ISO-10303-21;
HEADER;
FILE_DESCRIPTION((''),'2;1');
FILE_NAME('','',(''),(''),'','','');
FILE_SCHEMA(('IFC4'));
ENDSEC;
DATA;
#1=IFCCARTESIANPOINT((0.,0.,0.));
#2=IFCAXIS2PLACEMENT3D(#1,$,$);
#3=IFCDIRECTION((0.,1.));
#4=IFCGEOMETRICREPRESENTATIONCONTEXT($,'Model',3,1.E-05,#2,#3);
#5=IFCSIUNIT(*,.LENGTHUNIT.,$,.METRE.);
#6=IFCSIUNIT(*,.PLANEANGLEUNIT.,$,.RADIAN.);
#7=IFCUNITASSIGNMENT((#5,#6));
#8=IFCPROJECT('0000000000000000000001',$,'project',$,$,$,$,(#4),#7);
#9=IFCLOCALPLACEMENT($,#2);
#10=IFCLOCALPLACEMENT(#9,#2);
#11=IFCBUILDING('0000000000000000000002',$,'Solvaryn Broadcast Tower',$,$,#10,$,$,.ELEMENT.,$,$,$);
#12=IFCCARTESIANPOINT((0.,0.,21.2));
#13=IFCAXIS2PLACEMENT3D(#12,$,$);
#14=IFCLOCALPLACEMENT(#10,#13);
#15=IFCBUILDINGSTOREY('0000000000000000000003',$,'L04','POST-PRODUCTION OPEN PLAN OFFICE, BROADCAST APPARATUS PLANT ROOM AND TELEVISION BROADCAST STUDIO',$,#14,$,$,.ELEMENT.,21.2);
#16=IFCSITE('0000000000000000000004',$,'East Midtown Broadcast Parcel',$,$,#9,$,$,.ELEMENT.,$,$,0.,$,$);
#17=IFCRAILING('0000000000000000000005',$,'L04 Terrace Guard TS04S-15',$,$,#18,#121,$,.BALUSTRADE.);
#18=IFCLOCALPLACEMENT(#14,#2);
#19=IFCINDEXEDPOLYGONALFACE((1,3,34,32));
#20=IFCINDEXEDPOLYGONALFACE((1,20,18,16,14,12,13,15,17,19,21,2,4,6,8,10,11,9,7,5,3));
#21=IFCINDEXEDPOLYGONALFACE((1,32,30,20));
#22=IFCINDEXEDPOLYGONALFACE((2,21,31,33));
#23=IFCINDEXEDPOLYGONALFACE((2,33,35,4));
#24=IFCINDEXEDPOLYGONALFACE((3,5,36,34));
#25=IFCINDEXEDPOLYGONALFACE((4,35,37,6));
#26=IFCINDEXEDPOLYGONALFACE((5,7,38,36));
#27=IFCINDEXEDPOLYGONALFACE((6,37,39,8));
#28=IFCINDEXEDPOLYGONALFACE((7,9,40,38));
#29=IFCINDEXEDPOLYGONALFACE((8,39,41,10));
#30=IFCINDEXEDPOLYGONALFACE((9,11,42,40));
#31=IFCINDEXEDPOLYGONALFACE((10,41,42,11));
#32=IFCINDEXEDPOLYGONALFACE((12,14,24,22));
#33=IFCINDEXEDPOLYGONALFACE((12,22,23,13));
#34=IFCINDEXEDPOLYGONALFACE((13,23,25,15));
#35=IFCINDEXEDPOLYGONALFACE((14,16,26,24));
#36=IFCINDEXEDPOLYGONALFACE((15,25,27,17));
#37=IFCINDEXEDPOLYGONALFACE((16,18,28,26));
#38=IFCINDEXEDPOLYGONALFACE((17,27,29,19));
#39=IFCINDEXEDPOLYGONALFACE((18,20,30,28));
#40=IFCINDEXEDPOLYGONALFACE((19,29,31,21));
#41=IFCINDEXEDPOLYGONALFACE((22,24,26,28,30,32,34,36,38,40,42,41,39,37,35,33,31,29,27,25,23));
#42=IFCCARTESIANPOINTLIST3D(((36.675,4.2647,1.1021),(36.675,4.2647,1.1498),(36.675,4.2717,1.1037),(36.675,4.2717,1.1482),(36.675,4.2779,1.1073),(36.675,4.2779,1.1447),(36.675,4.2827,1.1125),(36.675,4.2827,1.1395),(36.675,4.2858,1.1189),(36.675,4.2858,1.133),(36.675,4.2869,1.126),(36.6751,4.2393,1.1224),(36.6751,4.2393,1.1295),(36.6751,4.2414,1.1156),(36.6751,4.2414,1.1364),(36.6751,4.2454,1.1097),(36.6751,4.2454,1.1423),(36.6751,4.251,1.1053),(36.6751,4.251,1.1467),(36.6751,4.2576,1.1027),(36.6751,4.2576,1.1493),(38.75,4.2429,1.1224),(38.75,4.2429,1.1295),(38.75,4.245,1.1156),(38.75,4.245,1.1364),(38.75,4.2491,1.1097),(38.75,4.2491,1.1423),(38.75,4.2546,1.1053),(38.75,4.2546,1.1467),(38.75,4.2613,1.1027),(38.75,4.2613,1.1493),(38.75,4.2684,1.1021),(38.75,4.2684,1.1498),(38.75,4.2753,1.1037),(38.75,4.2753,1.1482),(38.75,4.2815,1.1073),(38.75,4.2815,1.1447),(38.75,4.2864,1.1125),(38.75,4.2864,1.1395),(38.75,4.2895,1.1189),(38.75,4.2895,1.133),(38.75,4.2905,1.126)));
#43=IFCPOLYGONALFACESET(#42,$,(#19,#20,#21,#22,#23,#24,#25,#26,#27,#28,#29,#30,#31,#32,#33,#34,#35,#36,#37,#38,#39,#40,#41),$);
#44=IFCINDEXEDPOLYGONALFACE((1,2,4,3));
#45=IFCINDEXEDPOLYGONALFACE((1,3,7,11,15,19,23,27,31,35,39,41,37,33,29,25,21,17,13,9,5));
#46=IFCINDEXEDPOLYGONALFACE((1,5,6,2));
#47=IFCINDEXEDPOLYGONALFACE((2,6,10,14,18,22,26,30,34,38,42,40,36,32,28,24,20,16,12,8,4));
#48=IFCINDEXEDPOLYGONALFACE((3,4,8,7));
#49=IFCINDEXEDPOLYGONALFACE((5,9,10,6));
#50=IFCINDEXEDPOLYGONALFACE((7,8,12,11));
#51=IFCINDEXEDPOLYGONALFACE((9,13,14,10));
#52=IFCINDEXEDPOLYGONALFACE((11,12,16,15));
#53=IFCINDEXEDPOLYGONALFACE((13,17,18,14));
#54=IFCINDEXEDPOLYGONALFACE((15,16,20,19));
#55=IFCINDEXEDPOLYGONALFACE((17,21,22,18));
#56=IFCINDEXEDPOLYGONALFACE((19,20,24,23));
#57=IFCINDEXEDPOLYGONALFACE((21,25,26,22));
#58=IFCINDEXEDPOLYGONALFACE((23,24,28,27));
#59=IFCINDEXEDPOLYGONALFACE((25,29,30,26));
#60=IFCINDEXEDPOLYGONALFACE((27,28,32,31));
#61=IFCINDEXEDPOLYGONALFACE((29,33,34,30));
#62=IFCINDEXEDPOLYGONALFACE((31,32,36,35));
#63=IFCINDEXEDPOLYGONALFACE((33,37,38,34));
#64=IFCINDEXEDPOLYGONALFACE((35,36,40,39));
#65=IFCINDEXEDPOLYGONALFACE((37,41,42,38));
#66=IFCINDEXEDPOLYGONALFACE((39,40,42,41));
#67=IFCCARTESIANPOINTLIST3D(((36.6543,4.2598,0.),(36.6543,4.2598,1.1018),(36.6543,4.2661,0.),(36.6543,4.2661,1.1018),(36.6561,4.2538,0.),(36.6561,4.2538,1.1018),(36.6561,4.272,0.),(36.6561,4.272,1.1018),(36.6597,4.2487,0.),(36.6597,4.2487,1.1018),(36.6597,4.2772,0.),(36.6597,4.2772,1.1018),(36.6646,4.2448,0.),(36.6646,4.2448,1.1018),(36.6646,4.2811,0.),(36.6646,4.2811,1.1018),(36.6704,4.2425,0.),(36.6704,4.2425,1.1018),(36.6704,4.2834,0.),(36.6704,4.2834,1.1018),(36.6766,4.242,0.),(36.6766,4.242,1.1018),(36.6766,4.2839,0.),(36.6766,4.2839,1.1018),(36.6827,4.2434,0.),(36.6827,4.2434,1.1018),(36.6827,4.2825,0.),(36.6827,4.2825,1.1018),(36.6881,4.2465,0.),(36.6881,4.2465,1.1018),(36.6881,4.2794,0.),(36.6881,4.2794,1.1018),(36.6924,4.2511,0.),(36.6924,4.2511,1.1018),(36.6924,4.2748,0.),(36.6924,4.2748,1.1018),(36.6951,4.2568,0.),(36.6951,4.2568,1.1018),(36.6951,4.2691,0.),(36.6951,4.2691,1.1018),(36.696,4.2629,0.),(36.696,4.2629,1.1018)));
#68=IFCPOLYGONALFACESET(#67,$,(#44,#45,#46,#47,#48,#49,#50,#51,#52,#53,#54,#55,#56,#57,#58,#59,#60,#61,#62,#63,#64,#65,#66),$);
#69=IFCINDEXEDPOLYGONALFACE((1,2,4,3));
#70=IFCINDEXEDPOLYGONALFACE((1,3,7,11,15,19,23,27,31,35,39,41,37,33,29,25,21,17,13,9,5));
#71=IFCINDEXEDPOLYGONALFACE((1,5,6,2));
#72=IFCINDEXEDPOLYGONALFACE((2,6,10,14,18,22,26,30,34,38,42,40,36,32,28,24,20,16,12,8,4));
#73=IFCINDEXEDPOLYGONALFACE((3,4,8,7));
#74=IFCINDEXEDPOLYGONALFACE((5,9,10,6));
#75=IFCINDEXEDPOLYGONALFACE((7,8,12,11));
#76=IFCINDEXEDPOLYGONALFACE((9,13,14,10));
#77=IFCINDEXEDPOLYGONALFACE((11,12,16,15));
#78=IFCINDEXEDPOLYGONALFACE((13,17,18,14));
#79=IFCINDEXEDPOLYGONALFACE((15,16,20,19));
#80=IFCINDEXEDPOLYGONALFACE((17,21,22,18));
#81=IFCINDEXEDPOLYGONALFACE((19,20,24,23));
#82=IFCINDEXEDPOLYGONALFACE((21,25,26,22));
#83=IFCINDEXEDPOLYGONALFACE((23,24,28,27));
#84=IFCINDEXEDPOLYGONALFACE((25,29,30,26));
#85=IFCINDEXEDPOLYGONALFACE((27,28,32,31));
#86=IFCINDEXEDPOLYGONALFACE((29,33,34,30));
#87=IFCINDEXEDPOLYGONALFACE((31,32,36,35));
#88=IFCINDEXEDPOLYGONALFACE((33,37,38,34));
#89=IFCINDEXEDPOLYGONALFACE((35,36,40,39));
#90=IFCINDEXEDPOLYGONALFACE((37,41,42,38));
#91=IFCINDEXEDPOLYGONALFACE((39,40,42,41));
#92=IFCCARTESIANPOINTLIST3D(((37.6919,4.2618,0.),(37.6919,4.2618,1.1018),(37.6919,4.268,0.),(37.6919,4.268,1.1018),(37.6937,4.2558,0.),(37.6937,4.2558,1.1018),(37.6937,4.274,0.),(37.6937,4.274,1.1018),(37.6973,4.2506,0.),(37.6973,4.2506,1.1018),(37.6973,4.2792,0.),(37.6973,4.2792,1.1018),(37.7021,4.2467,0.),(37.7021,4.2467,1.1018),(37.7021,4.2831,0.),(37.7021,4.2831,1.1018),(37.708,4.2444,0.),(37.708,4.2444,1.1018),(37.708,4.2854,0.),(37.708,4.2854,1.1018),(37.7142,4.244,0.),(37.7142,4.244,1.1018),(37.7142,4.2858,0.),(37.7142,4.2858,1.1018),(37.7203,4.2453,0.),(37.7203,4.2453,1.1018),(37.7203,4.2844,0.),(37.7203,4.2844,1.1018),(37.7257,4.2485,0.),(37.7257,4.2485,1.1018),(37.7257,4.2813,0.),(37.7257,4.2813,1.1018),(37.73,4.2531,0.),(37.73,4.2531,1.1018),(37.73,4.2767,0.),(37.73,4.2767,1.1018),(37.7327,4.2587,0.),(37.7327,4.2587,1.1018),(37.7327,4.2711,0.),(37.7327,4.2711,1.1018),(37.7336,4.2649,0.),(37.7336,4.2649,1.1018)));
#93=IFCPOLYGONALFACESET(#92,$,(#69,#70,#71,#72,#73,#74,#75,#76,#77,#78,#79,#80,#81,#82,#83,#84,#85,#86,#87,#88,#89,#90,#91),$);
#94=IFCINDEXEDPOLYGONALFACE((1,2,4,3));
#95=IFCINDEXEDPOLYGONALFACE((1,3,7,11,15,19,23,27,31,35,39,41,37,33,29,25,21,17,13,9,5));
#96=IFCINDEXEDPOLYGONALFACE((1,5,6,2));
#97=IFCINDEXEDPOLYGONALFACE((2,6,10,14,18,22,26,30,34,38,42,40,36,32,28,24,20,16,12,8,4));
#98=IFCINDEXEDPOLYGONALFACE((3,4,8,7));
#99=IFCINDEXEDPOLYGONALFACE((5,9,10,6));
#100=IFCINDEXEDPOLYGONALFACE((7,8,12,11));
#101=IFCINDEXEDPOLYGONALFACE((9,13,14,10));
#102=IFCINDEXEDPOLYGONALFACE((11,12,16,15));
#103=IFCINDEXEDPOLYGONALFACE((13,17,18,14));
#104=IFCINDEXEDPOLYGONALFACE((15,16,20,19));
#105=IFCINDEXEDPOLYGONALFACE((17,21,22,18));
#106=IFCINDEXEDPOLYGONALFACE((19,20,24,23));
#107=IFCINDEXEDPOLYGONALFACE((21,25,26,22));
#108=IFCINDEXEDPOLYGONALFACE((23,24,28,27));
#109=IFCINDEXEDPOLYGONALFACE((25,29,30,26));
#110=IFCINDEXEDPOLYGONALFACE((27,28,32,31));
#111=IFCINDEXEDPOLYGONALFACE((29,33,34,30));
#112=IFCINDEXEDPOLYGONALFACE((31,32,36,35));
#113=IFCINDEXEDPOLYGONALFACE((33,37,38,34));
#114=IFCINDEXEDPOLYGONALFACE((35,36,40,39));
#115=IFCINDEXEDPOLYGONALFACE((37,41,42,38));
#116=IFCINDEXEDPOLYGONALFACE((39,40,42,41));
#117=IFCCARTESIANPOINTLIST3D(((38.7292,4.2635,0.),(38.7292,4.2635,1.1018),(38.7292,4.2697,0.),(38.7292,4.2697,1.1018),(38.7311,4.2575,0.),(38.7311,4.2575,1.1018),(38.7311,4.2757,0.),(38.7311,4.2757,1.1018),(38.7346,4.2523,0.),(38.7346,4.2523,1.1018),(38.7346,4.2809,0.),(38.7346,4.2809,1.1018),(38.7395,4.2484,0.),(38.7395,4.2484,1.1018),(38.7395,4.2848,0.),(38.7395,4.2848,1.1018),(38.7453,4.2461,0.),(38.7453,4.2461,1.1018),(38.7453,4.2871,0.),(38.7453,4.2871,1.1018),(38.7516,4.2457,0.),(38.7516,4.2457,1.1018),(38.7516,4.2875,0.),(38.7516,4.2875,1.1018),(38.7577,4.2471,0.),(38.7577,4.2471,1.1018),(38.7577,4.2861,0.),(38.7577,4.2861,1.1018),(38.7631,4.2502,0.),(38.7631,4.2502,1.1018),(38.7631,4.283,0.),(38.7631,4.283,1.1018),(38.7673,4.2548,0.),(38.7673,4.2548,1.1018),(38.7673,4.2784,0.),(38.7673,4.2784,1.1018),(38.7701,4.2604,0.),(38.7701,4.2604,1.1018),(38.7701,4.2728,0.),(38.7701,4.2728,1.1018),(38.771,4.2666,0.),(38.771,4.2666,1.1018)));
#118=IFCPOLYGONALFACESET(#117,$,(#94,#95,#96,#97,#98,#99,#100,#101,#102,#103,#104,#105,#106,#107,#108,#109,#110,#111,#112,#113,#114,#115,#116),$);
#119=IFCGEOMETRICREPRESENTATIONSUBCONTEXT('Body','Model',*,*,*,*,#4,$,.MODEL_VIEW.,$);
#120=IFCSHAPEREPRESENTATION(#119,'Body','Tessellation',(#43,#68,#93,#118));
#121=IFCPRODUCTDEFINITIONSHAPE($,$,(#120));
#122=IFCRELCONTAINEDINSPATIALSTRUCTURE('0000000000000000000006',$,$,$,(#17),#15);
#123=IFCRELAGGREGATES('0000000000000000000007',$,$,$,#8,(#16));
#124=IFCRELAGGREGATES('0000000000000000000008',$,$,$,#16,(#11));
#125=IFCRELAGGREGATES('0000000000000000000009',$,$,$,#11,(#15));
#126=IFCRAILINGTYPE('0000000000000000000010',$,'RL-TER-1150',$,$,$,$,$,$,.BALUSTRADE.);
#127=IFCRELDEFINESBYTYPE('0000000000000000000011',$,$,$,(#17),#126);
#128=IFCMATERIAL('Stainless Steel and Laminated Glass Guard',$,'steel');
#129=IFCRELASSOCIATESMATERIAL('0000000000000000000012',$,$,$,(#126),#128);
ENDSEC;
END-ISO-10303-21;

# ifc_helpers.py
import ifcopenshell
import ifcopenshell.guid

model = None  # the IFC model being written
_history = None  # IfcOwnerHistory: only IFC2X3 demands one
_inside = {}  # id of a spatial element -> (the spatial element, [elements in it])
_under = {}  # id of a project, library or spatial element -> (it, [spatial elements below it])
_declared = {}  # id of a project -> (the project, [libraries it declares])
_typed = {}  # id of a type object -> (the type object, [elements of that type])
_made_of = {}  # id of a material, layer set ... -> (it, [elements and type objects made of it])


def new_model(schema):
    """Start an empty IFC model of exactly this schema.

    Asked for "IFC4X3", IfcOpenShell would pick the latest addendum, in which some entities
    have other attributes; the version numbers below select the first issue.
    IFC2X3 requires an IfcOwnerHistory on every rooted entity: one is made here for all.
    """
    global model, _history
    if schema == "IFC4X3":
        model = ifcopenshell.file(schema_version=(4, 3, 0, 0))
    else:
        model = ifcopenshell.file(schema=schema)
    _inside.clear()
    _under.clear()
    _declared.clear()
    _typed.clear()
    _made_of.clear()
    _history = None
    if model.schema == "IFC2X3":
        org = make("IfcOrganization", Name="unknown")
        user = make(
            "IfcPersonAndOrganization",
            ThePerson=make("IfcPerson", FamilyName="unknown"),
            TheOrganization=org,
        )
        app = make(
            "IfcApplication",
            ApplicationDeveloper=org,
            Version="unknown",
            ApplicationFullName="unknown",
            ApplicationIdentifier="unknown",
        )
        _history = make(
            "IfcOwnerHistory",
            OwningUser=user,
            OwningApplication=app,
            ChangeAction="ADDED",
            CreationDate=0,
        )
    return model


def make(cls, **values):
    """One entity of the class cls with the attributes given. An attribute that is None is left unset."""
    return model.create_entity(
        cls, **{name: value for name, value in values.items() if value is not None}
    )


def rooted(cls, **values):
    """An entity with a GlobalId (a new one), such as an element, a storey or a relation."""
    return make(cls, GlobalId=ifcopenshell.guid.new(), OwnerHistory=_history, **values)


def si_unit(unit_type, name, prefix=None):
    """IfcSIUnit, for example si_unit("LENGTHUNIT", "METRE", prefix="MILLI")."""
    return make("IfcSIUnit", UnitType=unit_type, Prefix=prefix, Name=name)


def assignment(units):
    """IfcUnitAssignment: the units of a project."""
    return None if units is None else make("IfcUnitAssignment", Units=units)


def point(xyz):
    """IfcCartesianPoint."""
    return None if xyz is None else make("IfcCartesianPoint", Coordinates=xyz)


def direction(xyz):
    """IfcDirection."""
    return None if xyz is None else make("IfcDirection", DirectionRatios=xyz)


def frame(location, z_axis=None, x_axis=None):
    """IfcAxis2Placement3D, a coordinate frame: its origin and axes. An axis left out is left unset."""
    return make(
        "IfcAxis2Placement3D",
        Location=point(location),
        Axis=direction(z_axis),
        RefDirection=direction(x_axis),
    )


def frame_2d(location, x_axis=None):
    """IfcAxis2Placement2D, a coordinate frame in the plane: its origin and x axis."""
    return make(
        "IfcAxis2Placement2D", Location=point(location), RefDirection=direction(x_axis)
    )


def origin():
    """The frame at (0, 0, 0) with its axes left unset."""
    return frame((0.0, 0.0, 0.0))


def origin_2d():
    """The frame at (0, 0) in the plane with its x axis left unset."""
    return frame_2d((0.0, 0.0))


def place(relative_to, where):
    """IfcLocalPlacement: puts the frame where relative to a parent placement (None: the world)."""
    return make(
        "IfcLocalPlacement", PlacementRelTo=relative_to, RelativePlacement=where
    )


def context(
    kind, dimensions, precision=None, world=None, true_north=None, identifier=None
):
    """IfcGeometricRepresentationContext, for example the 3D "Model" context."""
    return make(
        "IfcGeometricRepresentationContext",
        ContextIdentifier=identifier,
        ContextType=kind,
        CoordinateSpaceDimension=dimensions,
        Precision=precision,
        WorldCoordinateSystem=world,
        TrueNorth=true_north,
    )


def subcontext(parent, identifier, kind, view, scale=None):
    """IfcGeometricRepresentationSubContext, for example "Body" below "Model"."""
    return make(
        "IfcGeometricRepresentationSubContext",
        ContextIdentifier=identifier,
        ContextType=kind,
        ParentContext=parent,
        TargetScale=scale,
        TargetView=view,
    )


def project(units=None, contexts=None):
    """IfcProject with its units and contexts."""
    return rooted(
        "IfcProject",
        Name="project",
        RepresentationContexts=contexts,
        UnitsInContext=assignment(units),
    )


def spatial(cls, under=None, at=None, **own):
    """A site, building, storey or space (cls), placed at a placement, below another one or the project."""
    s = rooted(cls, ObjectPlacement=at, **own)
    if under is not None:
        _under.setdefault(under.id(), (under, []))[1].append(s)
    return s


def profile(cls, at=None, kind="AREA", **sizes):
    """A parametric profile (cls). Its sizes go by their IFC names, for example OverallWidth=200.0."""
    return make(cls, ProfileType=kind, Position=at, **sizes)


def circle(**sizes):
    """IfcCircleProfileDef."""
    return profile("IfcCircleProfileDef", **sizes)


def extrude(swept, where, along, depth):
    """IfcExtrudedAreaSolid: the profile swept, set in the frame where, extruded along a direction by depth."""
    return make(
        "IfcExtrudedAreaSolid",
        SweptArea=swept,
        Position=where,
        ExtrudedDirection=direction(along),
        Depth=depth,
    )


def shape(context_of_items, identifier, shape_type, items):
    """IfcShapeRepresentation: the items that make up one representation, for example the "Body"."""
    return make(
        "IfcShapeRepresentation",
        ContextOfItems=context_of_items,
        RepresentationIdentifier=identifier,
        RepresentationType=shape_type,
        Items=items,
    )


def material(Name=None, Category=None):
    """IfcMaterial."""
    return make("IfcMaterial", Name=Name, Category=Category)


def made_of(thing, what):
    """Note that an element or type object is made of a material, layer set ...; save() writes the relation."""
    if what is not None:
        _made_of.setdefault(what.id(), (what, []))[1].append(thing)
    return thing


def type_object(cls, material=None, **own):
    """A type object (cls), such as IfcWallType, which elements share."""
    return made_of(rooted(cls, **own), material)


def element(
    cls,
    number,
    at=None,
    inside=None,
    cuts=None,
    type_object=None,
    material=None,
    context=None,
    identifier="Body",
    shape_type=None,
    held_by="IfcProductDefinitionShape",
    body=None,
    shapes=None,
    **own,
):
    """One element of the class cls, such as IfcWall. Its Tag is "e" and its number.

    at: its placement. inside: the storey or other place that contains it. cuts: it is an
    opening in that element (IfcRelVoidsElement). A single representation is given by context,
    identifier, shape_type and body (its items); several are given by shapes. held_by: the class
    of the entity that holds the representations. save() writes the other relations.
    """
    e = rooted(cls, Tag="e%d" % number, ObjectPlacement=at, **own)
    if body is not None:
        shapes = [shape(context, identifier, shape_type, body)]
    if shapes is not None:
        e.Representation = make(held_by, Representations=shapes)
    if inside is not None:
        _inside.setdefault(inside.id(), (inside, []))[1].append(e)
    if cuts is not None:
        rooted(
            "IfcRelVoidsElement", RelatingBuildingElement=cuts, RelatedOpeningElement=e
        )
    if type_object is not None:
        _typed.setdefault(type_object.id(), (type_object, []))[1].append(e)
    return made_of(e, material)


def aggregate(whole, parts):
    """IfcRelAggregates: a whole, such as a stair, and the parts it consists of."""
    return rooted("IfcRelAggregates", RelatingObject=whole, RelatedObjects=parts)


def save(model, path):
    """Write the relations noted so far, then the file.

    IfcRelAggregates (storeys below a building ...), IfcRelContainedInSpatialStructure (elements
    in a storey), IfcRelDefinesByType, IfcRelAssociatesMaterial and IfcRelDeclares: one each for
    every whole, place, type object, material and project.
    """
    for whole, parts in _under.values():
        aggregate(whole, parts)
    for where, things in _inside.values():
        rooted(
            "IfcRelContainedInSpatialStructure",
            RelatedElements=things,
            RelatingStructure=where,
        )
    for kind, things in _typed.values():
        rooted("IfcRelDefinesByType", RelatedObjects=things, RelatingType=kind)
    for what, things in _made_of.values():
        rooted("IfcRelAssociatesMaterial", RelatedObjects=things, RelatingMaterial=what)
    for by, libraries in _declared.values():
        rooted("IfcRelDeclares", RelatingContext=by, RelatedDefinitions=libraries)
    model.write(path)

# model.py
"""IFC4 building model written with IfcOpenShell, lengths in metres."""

from ifc_helpers import new_model, si_unit, direction, frame, origin, origin_2d, place, context, subcontext, project, spatial, circle, extrude, material, type_object, element, save


model = new_model("IFC4")

# Units and contexts
model_context = context("Model", 3, precision=1e-05, world=origin(), true_north=direction((0.0, 1.0)))
body_context = subcontext(model_context, "Body", "Model", "MODEL_VIEW")
ifc_project = project(units=[si_unit("LENGTHUNIT", "METRE"), si_unit("PLANEANGLEUNIT", "RADIAN")], contexts=[model_context])

# Site, building, storey
site_placement = place(None, origin())
site = spatial("IfcSite", under=ifc_project, at=site_placement, Name="East Midtown Broadcast Parcel", CompositionType="ELEMENT", RefElevation=0.0)
building_placement = place(site_placement, origin())
building = spatial("IfcBuilding", under=site, at=building_placement, Name="Solvaryn Broadcast Tower", CompositionType="ELEMENT")
storey_placement = place(building_placement, frame((0.0, 0.0, 21.2)))
storey = spatial("IfcBuildingStorey", under=building, at=storey_placement, Name="L04", Description="POST-PRODUCTION OPEN PLAN OFFICE, BROADCAST APPARATUS PLANT ROOM AND TELEVISION BROADCAST STUDIO", CompositionType="ELEMENT", Elevation=21.2)

# Railing
ifc_material_1 = material(Name="Stainless Steel and Laminated Glass Guard", Category="steel")
railing_type = type_object("IfcRailingType", Name="RL-TER-1150", PredefinedType="BALUSTRADE", material=ifc_material_1)
railing_1_placement = place(storey_placement, frame((36.675, 4.2629, 0.0)))
element("IfcRailing", 1, at=railing_1_placement, inside=storey, type_object=railing_type, Name="L04 Terrace Guard TS04S-15", PredefinedType="BALUSTRADE", context=body_context, shape_type="SweptSolid", body=[
    extrude(circle(Radius=0.0239, at=origin_2d()), frame((0.0, 0.0, 1.126), z_axis=(0.999998, 0.001765, 0.0), x_axis=(-0.001765, 0.999998, 0.0)), (0.0, 0.0, 1.0), 2.075),
    extrude(circle(Radius=0.021, at=origin_2d()), origin(), (0.0, 0.0, 1.0), 1.1018),
    extrude(circle(Radius=0.021, at=origin_2d()), frame((1.0376, 0.002, 0.0)), (0.0, 0.0, 1.0), 1.1018),
    extrude(circle(Radius=0.021, at=origin_2d()), frame((2.075, 0.0037, 0.0)), (0.0, 0.0, 1.0), 1.1018),
])

save(model, "model.ifc")
